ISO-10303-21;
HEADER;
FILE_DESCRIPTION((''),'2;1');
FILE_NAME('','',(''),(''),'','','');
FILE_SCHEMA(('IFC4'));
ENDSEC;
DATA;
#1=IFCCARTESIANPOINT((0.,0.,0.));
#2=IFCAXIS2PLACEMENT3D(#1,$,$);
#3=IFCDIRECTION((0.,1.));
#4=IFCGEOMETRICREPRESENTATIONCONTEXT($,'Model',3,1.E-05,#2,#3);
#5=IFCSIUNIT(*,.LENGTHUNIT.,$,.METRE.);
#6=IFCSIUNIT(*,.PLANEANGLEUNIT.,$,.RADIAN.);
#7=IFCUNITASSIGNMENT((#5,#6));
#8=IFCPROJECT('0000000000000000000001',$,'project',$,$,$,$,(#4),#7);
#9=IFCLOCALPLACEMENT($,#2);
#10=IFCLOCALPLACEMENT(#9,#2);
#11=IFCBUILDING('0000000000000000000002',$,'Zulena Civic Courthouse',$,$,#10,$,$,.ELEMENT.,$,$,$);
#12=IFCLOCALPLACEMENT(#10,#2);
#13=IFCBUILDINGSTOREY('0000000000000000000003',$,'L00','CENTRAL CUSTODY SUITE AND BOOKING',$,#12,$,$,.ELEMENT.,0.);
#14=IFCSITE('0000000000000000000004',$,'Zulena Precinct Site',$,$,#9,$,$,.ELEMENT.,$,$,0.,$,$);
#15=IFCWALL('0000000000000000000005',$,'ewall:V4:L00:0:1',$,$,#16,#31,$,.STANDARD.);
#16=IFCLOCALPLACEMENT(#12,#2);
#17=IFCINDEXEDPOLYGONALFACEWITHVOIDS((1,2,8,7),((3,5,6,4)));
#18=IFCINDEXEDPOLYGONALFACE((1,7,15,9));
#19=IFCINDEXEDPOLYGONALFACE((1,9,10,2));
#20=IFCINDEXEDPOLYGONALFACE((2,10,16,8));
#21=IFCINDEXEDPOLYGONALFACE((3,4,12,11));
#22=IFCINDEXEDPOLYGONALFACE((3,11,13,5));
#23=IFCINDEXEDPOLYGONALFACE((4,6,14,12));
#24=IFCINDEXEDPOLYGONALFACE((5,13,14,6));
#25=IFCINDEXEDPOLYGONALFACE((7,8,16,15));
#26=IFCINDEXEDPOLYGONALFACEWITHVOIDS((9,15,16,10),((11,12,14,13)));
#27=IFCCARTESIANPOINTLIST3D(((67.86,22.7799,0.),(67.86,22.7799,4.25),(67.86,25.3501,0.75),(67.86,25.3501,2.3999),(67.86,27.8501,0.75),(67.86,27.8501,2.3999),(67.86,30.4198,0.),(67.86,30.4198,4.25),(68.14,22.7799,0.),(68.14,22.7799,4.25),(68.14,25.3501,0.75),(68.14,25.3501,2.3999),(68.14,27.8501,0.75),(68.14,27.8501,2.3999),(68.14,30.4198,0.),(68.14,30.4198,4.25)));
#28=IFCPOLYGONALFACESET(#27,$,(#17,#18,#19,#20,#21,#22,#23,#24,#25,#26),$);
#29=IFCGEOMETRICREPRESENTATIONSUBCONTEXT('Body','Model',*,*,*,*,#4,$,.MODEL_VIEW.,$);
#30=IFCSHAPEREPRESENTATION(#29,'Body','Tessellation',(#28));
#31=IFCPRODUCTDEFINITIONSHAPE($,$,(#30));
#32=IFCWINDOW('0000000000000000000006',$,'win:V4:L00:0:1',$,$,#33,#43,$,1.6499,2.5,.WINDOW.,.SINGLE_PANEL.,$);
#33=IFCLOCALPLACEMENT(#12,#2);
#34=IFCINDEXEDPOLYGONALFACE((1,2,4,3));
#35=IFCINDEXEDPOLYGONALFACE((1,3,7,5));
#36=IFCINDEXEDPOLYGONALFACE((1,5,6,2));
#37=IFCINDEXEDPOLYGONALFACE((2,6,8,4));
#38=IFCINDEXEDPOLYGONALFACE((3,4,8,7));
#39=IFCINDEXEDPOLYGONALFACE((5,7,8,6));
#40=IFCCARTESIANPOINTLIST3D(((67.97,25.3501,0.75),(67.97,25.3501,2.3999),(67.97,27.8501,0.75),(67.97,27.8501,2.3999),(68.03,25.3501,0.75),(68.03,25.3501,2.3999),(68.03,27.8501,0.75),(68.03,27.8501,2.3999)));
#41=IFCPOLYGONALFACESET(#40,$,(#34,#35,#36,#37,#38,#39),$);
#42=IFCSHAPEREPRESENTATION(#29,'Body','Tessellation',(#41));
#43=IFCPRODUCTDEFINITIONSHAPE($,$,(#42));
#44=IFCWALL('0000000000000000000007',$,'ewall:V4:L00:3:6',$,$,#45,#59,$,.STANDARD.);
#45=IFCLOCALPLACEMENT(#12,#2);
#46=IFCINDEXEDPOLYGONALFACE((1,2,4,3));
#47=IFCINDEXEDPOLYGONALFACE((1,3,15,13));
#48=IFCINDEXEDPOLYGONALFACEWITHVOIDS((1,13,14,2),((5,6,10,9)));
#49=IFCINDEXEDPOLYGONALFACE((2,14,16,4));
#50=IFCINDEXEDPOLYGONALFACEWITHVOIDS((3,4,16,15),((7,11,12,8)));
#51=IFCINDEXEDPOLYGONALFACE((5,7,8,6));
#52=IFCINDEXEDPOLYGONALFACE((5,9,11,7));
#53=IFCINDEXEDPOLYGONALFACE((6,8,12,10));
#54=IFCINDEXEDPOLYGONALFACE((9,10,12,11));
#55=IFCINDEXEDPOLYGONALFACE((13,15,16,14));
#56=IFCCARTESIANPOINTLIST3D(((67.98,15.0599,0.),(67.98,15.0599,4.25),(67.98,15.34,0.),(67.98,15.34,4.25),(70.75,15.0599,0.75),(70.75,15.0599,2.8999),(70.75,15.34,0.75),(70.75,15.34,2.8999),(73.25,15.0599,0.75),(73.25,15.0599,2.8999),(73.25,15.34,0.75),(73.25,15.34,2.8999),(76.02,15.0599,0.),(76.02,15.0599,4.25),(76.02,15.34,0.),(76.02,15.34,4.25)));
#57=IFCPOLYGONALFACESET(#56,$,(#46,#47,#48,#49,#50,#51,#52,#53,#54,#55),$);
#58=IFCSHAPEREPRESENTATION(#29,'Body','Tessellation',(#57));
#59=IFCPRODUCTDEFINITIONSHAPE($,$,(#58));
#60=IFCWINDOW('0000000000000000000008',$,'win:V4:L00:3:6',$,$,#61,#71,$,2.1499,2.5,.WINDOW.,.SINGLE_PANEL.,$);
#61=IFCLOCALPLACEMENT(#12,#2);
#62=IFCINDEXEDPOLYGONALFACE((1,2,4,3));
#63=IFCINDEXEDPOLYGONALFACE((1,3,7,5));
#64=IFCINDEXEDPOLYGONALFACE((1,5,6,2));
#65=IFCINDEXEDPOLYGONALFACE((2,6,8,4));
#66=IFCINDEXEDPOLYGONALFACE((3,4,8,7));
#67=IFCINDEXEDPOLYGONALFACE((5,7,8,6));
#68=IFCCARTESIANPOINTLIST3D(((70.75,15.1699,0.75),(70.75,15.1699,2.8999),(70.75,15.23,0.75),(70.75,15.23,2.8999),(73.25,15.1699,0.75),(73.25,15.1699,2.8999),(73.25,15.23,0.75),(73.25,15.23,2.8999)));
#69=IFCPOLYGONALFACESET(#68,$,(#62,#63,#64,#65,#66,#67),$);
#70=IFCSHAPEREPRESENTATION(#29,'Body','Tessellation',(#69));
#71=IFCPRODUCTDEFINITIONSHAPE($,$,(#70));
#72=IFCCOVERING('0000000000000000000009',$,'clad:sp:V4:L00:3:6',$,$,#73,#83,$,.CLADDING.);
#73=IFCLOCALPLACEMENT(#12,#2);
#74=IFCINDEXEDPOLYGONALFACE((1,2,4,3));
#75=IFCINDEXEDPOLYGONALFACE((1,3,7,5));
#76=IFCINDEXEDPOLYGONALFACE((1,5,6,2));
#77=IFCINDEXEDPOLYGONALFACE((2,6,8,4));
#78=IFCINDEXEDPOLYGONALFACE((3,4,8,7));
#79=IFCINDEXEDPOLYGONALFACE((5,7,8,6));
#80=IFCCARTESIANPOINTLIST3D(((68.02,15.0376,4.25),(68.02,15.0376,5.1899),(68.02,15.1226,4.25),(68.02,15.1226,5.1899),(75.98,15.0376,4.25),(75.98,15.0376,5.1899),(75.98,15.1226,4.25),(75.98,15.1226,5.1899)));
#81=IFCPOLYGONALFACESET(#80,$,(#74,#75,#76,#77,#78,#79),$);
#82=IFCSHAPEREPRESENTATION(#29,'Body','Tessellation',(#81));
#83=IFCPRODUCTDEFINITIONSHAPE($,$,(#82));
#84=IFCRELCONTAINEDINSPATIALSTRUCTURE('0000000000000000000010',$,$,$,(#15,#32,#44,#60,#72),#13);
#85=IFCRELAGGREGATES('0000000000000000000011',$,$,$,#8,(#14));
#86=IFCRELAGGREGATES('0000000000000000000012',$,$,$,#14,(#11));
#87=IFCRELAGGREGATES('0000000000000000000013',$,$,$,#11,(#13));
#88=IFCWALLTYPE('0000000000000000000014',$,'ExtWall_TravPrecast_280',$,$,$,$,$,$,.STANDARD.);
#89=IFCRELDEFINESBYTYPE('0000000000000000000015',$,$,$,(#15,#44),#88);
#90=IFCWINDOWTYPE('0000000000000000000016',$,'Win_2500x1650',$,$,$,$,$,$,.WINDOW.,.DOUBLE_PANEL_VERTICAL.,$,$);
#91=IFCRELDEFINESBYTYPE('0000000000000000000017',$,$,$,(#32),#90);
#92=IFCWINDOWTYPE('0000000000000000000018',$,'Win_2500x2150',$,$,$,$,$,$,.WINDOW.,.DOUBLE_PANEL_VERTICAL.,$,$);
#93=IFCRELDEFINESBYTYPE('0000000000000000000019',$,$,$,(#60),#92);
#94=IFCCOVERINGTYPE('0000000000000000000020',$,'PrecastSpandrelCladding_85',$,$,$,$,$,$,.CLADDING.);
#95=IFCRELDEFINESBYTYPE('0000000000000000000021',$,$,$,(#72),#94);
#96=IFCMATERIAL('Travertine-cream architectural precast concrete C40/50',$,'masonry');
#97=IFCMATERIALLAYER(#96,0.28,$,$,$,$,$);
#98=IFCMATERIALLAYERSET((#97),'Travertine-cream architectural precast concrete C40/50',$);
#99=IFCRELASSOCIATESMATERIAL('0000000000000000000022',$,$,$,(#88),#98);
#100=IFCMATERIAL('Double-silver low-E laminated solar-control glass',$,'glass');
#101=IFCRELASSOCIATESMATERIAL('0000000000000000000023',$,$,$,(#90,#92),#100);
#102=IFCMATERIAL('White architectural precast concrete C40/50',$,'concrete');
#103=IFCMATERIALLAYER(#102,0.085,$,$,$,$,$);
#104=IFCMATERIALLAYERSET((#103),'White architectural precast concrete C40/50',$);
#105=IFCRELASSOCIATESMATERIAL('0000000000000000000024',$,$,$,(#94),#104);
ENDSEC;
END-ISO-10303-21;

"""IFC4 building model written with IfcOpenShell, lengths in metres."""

from ifc_helpers import new_model, si_unit, direction, frame, frame_2d, origin, origin_2d, place, context, subcontext, project, spatial, rectangle, extrude, material, layer, layer_set, type_object, element, fill, save


model = new_model("IFC4")

# Units and contexts
model_context = context("Model", 3, precision=1e-05, world=origin(), true_north=direction((0.0, 1.0)))
body_context = subcontext(model_context, "Body", "Model", "MODEL_VIEW")
ifc_project = project(units=[si_unit("LENGTHUNIT", "METRE"), si_unit("PLANEANGLEUNIT", "RADIAN")], contexts=[model_context])

# Site, building, storey
site_placement = place(None, origin())
site = spatial("IfcSite", under=ifc_project, at=site_placement, Name="Zulena Precinct Site", CompositionType="ELEMENT", RefElevation=0.0)
building_placement = place(site_placement, origin())
building = spatial("IfcBuilding", under=site, at=building_placement, Name="Zulena Civic Courthouse", CompositionType="ELEMENT")
storey_placement = place(building_placement, origin())
storey = spatial("IfcBuildingStorey", under=building, at=storey_placement, Name="L00", Description="CENTRAL CUSTODY SUITE AND BOOKING", CompositionType="ELEMENT", Elevation=0.0)

# Walls, openings, windows
ifc_material_1 = material(Name="Travertine-cream architectural precast concrete C40/50", Category="masonry")
ifc_layer_1 = layer(ifc_material_1, 0.28)
ifc_layer_set_1 = layer_set([ifc_layer_1], Name="Travertine-cream architectural precast concrete C40/50")
wall_type = type_object("IfcWallType", Name="ExtWall_TravPrecast_280", PredefinedType="STANDARD", material=ifc_layer_set_1)
wall_1_placement = place(storey_placement, frame((68.0, 22.78, 0.0), z_axis=(0.0, 0.0, 1.0), x_axis=(0.0, 1.0, 0.0)))
wall_1 = element("IfcWall", 1, at=wall_1_placement, inside=storey, type_object=wall_type, Name="ewall:V4:L00:0:1", PredefinedType="STANDARD", context=body_context, shape_type="SweptSolid", body=[
    extrude(rectangle(XDim=7.6399, YDim=0.28, at=frame_2d((3.8198, 0.0))), origin(), (0.0, 0.0, 1.0), 4.25),
])
opening_1_placement = place(wall_1_placement, frame((2.5701, 0.0, 0.75)))
opening_1 = element("IfcOpeningElement", 2, at=opening_1_placement, cuts=wall_1, PredefinedType="OPENING", context=body_context, shape_type="SweptSolid", body=[
    extrude(rectangle(XDim=2.5, YDim=1.6499, at=frame_2d((1.25, 0.825))), frame((0.0, 0.1499, 0.0), z_axis=(0.0, -1.0, 0.0), x_axis=(1.0, 0.0, 0.0)), (0.0, 0.0, 1.0), 0.3),
])
ifc_material_2 = material(Name="Double-silver low-E laminated solar-control glass", Category="glass")
window_type_1 = type_object("IfcWindowType", Name="Win_2500x1650", PartitioningType="DOUBLE_PANEL_VERTICAL", PredefinedType="WINDOW", material=ifc_material_2)
window_1_placement = place(opening_1_placement, origin())
window_1 = element("IfcWindow", 3, at=window_1_placement, inside=storey, type_object=window_type_1, Name="win:V4:L00:0:1", OverallHeight=1.6499, OverallWidth=2.5, PartitioningType="SINGLE_PANEL", PredefinedType="WINDOW", context=body_context, shape_type="SweptSolid", body=[
    extrude(rectangle(XDim=2.5, YDim=1.6499, at=frame_2d((1.25, 0.825))), frame((0.0, 0.03, 0.0), z_axis=(0.0, -1.0, 0.0), x_axis=(1.0, 0.0, 0.0)), (0.0, 0.0, 1.0), 0.0601),
])
fill(opening_1, window_1)
wall_2_placement = place(storey_placement, frame((76.02, 15.2, 0.0), z_axis=(0.0, 0.0, 1.0), x_axis=(-1.0, 0.0, 0.0)))
wall_2 = element("IfcWall", 4, at=wall_2_placement, inside=storey, type_object=wall_type, Name="ewall:V4:L00:3:6", PredefinedType="STANDARD", context=body_context, shape_type="SweptSolid", body=[
    extrude(rectangle(XDim=8.04, YDim=0.28, at=frame_2d((4.02, 0.0))), origin(), (0.0, 0.0, 1.0), 4.25),
])
opening_2_placement = place(wall_2_placement, frame((2.77, 0.0, 0.75)))
opening_2 = element("IfcOpeningElement", 5, at=opening_2_placement, cuts=wall_2, PredefinedType="OPENING", context=body_context, shape_type="SweptSolid", body=[
    extrude(rectangle(XDim=2.5, YDim=2.1499, at=frame_2d((1.25, 1.075))), frame((0.0, 0.1499, 0.0), z_axis=(0.0, -1.0, 0.0), x_axis=(1.0, 0.0, 0.0)), (0.0, 0.0, 1.0), 0.3),
])
window_type_2 = type_object("IfcWindowType", Name="Win_2500x2150", PartitioningType="DOUBLE_PANEL_VERTICAL", PredefinedType="WINDOW", material=ifc_material_2)
window_2_placement = place(opening_2_placement, origin())
window_2 = element("IfcWindow", 6, at=window_2_placement, inside=storey, type_object=window_type_2, Name="win:V4:L00:3:6", OverallHeight=2.1499, OverallWidth=2.5, PartitioningType="SINGLE_PANEL", PredefinedType="WINDOW", context=body_context, shape_type="SweptSolid", body=[
    extrude(rectangle(XDim=2.5, YDim=2.1499, at=frame_2d((1.25, 1.075))), frame((0.0, 0.03, 0.0), z_axis=(0.0, -1.0, 0.0), x_axis=(1.0, 0.0, 0.0)), (0.0, 0.0, 1.0), 0.0601),
])
fill(opening_2, window_2)

# Covering
ifc_material_3 = material(Name="White architectural precast concrete C40/50", Category="concrete")
ifc_layer_2 = layer(ifc_material_3, 0.085)
ifc_layer_set_2 = layer_set([ifc_layer_2], Name="White architectural precast concrete C40/50")
covering_type = type_object("IfcCoveringType", Name="PrecastSpandrelCladding_85", PredefinedType="CLADDING", material=ifc_layer_set_2)
covering_placement = place(storey_placement, frame((72.0, 15.0801, 4.25), z_axis=(0.0, 0.0, 1.0), x_axis=(-1.0, 0.0, 0.0)))
element("IfcCovering", 7, at=covering_placement, inside=storey, type_object=covering_type, Name="clad:sp:V4:L00:3:6", PredefinedType="CLADDING", context=body_context, shape_type="SweptSolid", body=[
    extrude(rectangle(XDim=7.96, YDim=0.085, at=origin_2d()), origin(), (0.0, 0.0, 1.0), 0.9399),
])

save(model, "model.ifc")
